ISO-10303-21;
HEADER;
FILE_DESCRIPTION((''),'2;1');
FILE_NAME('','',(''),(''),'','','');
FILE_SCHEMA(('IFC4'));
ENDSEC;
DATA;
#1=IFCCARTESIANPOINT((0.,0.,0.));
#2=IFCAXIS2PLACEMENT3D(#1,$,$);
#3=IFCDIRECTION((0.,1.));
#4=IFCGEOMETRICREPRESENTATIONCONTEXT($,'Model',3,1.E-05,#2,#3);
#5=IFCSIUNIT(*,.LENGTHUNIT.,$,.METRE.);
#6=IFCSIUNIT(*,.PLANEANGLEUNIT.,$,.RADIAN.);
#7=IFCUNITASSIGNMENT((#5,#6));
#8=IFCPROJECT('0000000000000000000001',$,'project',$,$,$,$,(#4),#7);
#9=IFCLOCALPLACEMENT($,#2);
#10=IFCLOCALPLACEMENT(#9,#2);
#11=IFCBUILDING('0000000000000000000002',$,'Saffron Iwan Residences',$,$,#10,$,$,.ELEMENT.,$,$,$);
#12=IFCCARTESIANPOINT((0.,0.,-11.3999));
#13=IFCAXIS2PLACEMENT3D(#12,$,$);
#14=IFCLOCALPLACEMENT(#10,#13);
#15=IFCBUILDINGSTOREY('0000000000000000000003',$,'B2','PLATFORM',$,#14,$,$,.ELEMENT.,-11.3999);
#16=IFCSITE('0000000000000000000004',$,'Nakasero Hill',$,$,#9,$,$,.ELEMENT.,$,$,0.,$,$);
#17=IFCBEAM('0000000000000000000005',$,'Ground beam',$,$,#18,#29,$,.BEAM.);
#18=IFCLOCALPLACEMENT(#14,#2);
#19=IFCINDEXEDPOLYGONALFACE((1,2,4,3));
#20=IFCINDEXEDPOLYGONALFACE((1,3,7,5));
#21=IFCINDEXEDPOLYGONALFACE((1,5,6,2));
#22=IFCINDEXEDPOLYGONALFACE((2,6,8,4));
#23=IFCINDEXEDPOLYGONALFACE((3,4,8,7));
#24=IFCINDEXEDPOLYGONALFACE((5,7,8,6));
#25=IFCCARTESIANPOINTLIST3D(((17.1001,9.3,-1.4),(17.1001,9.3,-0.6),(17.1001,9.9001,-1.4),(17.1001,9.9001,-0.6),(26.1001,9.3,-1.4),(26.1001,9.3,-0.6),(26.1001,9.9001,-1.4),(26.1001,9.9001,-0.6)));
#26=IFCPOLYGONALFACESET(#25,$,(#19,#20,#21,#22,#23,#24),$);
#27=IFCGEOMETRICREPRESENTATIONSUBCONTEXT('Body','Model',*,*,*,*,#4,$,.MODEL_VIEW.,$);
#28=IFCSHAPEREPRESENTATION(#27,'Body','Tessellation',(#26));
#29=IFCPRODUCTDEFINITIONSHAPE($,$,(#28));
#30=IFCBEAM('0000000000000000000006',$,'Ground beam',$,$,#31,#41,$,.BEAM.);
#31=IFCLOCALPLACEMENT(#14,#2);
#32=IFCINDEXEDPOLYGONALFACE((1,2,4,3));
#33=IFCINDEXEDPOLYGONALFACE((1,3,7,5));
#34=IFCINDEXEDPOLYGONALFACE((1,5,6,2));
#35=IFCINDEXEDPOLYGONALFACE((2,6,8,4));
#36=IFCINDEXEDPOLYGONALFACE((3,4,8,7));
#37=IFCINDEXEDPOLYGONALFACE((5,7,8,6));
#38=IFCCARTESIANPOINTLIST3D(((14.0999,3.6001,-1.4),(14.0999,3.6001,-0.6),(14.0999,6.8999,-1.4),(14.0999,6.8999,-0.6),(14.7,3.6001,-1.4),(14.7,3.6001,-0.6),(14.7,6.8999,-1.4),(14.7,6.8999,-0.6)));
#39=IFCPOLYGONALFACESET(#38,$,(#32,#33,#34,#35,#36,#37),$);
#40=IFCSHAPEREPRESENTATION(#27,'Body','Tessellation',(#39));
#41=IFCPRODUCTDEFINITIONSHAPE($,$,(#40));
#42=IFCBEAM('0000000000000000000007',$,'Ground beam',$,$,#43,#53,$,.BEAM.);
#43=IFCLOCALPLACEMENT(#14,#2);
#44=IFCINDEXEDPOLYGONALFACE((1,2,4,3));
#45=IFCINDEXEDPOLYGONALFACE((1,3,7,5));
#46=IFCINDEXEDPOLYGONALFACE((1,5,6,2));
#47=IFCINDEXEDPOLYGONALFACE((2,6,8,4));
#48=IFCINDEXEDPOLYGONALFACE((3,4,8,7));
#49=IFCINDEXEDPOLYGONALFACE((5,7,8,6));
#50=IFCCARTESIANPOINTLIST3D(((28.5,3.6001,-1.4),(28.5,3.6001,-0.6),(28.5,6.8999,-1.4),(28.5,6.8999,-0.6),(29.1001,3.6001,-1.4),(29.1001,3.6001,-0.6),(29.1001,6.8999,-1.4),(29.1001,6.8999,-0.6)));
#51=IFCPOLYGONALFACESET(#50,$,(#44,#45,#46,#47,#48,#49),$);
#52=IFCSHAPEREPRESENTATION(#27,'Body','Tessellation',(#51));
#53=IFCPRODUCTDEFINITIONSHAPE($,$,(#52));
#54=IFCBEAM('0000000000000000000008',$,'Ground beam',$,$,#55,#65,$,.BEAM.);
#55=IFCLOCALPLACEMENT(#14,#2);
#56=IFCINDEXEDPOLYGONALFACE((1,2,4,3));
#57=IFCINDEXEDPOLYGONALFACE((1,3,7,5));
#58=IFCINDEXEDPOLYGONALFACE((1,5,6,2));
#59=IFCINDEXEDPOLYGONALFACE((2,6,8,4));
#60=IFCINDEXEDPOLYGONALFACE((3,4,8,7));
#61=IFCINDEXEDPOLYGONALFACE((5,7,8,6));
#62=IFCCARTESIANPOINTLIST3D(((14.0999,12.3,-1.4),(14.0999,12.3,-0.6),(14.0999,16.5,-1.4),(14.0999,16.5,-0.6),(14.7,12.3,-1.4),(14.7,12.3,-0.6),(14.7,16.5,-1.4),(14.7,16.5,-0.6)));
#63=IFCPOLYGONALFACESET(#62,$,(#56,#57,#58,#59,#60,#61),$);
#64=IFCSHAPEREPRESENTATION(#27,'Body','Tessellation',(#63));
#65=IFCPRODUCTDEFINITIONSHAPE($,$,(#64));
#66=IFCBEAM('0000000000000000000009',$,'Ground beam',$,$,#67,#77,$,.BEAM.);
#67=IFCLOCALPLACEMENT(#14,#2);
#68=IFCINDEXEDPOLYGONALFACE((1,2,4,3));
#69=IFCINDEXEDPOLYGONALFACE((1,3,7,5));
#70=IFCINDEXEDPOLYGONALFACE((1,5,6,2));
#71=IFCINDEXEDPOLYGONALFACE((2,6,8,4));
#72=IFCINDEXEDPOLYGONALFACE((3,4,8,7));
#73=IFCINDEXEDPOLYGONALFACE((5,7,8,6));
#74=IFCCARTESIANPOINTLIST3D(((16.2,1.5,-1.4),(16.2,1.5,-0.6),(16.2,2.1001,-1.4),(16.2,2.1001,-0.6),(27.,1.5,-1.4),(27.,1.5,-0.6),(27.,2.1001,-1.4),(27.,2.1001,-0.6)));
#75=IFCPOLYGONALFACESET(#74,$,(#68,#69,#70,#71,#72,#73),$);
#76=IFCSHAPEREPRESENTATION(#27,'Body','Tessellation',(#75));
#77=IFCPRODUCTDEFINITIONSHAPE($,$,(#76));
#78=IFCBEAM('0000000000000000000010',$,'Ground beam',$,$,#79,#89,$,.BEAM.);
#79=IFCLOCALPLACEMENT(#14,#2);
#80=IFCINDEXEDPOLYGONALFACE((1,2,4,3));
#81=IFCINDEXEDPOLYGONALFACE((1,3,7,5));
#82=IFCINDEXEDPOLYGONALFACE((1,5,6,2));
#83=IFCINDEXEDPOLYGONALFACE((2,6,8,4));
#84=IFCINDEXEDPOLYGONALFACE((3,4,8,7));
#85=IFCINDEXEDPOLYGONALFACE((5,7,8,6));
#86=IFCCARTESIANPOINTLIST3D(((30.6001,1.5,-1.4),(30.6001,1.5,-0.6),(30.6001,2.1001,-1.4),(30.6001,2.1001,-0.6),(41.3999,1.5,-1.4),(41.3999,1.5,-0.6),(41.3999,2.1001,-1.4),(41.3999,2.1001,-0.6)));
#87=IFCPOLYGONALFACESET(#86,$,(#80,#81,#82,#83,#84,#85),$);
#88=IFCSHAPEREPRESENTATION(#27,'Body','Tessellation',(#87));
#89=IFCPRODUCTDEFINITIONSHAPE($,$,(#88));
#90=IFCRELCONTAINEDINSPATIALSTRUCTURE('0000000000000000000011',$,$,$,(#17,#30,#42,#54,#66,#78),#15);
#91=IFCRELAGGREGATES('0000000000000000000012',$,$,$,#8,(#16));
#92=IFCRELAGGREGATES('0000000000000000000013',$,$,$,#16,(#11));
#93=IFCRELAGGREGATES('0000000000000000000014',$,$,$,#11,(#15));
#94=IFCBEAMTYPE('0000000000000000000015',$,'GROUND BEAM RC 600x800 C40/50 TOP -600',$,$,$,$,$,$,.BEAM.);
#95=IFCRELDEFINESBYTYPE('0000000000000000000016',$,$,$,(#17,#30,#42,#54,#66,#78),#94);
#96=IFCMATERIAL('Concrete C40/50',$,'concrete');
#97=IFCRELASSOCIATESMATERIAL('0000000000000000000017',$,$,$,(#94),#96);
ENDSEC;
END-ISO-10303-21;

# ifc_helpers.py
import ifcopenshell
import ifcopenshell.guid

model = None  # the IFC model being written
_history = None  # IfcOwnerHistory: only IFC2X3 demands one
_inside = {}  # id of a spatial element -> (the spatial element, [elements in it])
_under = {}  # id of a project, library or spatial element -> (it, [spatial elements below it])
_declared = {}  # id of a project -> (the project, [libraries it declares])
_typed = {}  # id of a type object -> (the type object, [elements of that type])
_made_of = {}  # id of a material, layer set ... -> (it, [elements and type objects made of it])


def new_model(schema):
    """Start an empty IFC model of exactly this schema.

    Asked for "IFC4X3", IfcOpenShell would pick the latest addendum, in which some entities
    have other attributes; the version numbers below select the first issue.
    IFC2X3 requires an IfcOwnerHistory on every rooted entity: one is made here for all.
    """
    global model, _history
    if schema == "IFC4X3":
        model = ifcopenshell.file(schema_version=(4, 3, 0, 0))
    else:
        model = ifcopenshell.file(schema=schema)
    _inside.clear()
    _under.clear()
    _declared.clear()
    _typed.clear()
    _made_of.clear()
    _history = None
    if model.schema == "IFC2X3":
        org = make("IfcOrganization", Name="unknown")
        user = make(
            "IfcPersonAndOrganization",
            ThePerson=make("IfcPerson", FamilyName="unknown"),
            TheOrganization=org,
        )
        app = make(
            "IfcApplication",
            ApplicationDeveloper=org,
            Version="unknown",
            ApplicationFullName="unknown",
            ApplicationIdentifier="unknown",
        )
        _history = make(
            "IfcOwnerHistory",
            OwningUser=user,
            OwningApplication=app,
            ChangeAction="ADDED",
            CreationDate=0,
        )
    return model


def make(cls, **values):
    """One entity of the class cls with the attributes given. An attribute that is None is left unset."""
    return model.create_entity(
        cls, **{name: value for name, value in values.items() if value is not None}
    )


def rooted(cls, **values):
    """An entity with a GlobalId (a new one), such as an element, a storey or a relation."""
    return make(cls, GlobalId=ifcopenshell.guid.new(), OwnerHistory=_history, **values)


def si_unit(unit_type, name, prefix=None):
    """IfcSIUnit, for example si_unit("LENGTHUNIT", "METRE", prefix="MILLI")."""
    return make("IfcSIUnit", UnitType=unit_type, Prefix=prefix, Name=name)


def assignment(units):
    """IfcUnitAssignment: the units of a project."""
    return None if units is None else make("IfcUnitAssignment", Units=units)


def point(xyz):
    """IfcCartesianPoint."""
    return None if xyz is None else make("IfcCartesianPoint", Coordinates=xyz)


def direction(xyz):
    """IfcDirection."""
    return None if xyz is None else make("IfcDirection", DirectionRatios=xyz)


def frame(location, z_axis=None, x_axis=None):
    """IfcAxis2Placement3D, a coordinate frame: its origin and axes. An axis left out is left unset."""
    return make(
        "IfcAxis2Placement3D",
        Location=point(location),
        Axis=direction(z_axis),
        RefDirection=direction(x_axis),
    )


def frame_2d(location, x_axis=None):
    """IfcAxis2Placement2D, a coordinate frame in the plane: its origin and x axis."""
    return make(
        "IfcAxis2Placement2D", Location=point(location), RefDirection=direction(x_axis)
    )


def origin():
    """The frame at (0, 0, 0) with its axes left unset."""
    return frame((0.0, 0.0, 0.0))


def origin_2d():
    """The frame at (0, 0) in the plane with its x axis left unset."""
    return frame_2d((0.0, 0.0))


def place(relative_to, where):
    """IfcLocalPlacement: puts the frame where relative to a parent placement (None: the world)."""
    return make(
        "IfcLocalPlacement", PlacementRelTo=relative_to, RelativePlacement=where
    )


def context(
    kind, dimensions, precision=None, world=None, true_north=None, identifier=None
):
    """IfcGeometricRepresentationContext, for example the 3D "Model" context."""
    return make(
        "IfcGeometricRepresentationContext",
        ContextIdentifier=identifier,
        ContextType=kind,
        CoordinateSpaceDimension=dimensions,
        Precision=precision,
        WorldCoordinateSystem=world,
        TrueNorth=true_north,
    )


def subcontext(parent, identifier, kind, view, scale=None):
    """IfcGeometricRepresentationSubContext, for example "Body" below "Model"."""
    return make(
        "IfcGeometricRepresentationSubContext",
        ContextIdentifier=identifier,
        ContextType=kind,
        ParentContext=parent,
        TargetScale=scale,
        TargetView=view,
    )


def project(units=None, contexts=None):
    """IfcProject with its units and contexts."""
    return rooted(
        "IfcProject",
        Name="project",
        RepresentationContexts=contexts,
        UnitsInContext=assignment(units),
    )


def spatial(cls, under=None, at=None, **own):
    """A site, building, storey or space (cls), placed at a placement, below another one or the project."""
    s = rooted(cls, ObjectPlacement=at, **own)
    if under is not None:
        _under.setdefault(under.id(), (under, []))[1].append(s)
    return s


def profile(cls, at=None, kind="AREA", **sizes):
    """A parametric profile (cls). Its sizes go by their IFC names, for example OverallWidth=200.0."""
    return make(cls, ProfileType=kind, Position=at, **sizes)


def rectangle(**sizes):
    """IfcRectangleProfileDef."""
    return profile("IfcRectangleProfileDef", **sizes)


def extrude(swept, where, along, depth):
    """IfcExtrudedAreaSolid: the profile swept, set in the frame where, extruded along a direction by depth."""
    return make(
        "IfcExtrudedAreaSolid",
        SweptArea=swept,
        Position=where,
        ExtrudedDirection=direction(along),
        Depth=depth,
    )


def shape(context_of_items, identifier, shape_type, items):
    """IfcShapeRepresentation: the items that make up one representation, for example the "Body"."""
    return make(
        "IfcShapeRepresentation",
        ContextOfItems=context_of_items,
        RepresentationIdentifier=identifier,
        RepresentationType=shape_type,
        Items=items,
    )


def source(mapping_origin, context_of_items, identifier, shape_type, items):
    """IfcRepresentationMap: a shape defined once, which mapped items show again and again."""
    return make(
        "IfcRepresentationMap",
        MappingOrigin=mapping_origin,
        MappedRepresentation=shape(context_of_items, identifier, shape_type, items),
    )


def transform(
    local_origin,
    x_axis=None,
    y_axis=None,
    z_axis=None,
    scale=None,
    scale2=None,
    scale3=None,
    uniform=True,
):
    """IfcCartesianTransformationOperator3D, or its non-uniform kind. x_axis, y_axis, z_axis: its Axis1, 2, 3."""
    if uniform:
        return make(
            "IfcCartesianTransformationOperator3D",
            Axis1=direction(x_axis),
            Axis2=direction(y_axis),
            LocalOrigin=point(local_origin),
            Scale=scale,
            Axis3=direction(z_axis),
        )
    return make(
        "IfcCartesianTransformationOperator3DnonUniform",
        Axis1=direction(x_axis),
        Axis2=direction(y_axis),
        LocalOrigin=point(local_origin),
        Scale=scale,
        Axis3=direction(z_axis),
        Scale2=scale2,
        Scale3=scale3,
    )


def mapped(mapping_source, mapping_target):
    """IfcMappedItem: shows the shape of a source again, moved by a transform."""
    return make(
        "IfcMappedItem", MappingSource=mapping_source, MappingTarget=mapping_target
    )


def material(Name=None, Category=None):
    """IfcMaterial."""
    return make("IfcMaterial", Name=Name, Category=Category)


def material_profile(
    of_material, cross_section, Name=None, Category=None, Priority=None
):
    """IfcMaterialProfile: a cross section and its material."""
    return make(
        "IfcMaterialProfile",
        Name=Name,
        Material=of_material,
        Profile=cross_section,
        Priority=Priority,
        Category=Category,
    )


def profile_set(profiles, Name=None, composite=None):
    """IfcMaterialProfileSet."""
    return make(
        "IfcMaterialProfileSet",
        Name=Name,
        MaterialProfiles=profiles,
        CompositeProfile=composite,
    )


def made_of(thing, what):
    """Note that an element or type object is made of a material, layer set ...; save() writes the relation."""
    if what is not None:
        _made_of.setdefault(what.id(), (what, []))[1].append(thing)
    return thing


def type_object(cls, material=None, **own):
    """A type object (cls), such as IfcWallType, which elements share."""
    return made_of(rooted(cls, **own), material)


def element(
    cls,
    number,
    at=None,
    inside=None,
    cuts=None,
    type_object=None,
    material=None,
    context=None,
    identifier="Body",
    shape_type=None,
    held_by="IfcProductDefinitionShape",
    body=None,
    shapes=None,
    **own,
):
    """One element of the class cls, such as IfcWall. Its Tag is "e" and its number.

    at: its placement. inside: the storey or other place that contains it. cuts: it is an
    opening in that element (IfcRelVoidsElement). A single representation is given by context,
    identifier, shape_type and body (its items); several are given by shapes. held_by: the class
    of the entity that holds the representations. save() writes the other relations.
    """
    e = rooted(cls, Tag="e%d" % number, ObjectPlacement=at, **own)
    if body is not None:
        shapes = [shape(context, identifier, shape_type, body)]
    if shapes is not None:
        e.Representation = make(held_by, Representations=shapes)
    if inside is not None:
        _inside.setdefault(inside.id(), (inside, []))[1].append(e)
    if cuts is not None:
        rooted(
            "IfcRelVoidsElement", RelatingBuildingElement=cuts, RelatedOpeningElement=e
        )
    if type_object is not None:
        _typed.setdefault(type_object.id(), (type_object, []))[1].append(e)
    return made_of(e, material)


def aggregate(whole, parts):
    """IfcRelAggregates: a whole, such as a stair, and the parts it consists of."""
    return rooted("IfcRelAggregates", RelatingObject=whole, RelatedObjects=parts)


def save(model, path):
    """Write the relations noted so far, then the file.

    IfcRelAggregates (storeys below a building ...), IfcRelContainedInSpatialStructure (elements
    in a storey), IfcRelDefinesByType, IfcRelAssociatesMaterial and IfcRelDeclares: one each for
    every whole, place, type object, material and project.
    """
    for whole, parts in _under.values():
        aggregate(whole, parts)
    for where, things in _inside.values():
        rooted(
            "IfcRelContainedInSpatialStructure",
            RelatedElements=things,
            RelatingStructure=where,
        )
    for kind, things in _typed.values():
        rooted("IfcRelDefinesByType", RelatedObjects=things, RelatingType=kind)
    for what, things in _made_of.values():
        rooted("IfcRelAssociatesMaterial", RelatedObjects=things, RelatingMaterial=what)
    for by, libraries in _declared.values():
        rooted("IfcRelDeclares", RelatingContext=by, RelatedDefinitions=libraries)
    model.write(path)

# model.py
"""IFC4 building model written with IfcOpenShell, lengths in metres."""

from ifc_helpers import new_model, si_unit, direction, frame, origin, origin_2d, place, context, subcontext, project, spatial, rectangle, extrude, source, transform, mapped, material, material_profile, profile_set, type_object, element, save


model = new_model("IFC4")

# Units and contexts
model_context = context("Model", 3, precision=1e-05, world=origin(), true_north=direction((0.0, 1.0)))
body_context = subcontext(model_context, "Body", "Model", "MODEL_VIEW")
ifc_project = project(units=[si_unit("LENGTHUNIT", "METRE"), si_unit("PLANEANGLEUNIT", "RADIAN")], contexts=[model_context])

# Site, building, storey
site_placement = place(None, origin())
site = spatial("IfcSite", under=ifc_project, at=site_placement, Name="Nakasero Hill", CompositionType="ELEMENT", RefElevation=0.0)
building_placement = place(site_placement, origin())
building = spatial("IfcBuilding", under=site, at=building_placement, Name="Saffron Iwan Residences", CompositionType="ELEMENT")
storey_placement = place(building_placement, frame((0.0, 0.0, -11.3999)))
storey = spatial("IfcBuildingStorey", under=building, at=storey_placement, Name="B2", Description="PLATFORM", CompositionType="ELEMENT", Elevation=-11.3999)

# Shared definitions
ifc_material_1 = material(Name="Concrete C40/50", Category="concrete")

# Beams
ifc_material_profile_1 = material_profile(ifc_material_1, rectangle(XDim=0.6001, YDim=0.8, at=origin_2d()), Name="RC 600x800")
ifc_profile_set_1 = profile_set([ifc_material_profile_1], Name="Concrete C40/50")
beam_type_1 = type_object("IfcBeamType", Name="GROUND BEAM RC 600x800 C40/50 TOP -600", PredefinedType="BEAM", material=ifc_profile_set_1)
shared_shape_1 = source(origin(), body_context, "Body", "SweptSolid", [
    extrude(rectangle(XDim=0.6001, YDim=0.8, at=origin_2d()), origin(), (0.0, 0.0, 1.0), 9.0),
])
beam_1_placement = place(storey_placement, frame((17.1001, 9.6001, -1.0), z_axis=(1.0, 0.0, 0.0), x_axis=(0.0, 1.0, 0.0)))
element("IfcBeam", 1, at=beam_1_placement, inside=storey, type_object=beam_type_1, Name="Ground beam", PredefinedType="BEAM", context=body_context, shape_type="MappedRepresentation", body=[
    mapped(shared_shape_1, transform((0.0, 0.0, 0.0))),
])
shared_shape_2 = source(origin(), body_context, "Body", "SweptSolid", [
    extrude(rectangle(XDim=0.6001, YDim=0.8, at=origin_2d()), origin(), (0.0, 0.0, 1.0), 3.2998),
])
for number, where, z_axis, x_axis, name in (
    (2, (14.3999, 3.6001, -1.0), (0.0, 1.0, 0.0), (-1.0, 0.0, 0.0), "Ground beam"),
    (3, (28.8, 3.6001, -1.0), (0.0, 1.0, 0.0), (-1.0, 0.0, 0.0), "Ground beam"),
):
    element("IfcBeam", number, at=place(storey_placement, frame(where, z_axis=z_axis, x_axis=x_axis)), inside=storey, type_object=beam_type_1, Name=name, PredefinedType="BEAM", context=body_context, shape_type="MappedRepresentation", body=[
        mapped(shared_shape_2, transform((0.0, 0.0, 0.0))),
    ])
shared_shape_3 = source(origin(), body_context, "Body", "SweptSolid", [
    extrude(rectangle(XDim=0.6001, YDim=0.8, at=origin_2d()), origin(), (0.0, 0.0, 1.0), 4.2),
])
beam_2_placement = place(storey_placement, frame((14.3999, 12.3, -1.0), z_axis=(0.0, 1.0, 0.0), x_axis=(-1.0, 0.0, 0.0)))
element("IfcBeam", 4, at=beam_2_placement, inside=storey, type_object=beam_type_1, Name="Ground beam", PredefinedType="BEAM", context=body_context, shape_type="MappedRepresentation", body=[
    mapped(shared_shape_3, transform((0.0, 0.0, 0.0))),
])
shared_shape_4 = source(origin(), body_context, "Body", "SweptSolid", [
    extrude(rectangle(XDim=0.6001, YDim=0.8, at=origin_2d()), origin(), (0.0, 0.0, 1.0), 10.8),
])
beam_3_placement = place(storey_placement, frame((16.2, 1.8, -1.0), z_axis=(1.0, 0.0, 0.0), x_axis=(0.0, 1.0, 0.0)))
element("IfcBeam", 5, at=beam_3_placement, inside=storey, type_object=beam_type_1, Name="Ground beam", PredefinedType="BEAM", context=body_context, shape_type="MappedRepresentation", body=[
    mapped(shared_shape_4, transform((0.0, 0.0, 0.0))),
])
shared_shape_5 = source(origin(), body_context, "Body", "SweptSolid", [
    extrude(rectangle(XDim=0.6001, YDim=0.8, at=origin_2d()), origin(), (0.0, 0.0, 1.0), 10.7998),
])
beam_4_placement = place(storey_placement, frame((30.6001, 1.8, -1.0), z_axis=(1.0, 0.0, 0.0), x_axis=(0.0, 1.0, 0.0)))
element("IfcBeam", 6, at=beam_4_placement, inside=storey, type_object=beam_type_1, Name="Ground beam", PredefinedType="BEAM", context=body_context, shape_type="MappedRepresentation", body=[
    mapped(shared_shape_5, transform((0.0, 0.0, 0.0))),
])

save(model, "model.ifc")
